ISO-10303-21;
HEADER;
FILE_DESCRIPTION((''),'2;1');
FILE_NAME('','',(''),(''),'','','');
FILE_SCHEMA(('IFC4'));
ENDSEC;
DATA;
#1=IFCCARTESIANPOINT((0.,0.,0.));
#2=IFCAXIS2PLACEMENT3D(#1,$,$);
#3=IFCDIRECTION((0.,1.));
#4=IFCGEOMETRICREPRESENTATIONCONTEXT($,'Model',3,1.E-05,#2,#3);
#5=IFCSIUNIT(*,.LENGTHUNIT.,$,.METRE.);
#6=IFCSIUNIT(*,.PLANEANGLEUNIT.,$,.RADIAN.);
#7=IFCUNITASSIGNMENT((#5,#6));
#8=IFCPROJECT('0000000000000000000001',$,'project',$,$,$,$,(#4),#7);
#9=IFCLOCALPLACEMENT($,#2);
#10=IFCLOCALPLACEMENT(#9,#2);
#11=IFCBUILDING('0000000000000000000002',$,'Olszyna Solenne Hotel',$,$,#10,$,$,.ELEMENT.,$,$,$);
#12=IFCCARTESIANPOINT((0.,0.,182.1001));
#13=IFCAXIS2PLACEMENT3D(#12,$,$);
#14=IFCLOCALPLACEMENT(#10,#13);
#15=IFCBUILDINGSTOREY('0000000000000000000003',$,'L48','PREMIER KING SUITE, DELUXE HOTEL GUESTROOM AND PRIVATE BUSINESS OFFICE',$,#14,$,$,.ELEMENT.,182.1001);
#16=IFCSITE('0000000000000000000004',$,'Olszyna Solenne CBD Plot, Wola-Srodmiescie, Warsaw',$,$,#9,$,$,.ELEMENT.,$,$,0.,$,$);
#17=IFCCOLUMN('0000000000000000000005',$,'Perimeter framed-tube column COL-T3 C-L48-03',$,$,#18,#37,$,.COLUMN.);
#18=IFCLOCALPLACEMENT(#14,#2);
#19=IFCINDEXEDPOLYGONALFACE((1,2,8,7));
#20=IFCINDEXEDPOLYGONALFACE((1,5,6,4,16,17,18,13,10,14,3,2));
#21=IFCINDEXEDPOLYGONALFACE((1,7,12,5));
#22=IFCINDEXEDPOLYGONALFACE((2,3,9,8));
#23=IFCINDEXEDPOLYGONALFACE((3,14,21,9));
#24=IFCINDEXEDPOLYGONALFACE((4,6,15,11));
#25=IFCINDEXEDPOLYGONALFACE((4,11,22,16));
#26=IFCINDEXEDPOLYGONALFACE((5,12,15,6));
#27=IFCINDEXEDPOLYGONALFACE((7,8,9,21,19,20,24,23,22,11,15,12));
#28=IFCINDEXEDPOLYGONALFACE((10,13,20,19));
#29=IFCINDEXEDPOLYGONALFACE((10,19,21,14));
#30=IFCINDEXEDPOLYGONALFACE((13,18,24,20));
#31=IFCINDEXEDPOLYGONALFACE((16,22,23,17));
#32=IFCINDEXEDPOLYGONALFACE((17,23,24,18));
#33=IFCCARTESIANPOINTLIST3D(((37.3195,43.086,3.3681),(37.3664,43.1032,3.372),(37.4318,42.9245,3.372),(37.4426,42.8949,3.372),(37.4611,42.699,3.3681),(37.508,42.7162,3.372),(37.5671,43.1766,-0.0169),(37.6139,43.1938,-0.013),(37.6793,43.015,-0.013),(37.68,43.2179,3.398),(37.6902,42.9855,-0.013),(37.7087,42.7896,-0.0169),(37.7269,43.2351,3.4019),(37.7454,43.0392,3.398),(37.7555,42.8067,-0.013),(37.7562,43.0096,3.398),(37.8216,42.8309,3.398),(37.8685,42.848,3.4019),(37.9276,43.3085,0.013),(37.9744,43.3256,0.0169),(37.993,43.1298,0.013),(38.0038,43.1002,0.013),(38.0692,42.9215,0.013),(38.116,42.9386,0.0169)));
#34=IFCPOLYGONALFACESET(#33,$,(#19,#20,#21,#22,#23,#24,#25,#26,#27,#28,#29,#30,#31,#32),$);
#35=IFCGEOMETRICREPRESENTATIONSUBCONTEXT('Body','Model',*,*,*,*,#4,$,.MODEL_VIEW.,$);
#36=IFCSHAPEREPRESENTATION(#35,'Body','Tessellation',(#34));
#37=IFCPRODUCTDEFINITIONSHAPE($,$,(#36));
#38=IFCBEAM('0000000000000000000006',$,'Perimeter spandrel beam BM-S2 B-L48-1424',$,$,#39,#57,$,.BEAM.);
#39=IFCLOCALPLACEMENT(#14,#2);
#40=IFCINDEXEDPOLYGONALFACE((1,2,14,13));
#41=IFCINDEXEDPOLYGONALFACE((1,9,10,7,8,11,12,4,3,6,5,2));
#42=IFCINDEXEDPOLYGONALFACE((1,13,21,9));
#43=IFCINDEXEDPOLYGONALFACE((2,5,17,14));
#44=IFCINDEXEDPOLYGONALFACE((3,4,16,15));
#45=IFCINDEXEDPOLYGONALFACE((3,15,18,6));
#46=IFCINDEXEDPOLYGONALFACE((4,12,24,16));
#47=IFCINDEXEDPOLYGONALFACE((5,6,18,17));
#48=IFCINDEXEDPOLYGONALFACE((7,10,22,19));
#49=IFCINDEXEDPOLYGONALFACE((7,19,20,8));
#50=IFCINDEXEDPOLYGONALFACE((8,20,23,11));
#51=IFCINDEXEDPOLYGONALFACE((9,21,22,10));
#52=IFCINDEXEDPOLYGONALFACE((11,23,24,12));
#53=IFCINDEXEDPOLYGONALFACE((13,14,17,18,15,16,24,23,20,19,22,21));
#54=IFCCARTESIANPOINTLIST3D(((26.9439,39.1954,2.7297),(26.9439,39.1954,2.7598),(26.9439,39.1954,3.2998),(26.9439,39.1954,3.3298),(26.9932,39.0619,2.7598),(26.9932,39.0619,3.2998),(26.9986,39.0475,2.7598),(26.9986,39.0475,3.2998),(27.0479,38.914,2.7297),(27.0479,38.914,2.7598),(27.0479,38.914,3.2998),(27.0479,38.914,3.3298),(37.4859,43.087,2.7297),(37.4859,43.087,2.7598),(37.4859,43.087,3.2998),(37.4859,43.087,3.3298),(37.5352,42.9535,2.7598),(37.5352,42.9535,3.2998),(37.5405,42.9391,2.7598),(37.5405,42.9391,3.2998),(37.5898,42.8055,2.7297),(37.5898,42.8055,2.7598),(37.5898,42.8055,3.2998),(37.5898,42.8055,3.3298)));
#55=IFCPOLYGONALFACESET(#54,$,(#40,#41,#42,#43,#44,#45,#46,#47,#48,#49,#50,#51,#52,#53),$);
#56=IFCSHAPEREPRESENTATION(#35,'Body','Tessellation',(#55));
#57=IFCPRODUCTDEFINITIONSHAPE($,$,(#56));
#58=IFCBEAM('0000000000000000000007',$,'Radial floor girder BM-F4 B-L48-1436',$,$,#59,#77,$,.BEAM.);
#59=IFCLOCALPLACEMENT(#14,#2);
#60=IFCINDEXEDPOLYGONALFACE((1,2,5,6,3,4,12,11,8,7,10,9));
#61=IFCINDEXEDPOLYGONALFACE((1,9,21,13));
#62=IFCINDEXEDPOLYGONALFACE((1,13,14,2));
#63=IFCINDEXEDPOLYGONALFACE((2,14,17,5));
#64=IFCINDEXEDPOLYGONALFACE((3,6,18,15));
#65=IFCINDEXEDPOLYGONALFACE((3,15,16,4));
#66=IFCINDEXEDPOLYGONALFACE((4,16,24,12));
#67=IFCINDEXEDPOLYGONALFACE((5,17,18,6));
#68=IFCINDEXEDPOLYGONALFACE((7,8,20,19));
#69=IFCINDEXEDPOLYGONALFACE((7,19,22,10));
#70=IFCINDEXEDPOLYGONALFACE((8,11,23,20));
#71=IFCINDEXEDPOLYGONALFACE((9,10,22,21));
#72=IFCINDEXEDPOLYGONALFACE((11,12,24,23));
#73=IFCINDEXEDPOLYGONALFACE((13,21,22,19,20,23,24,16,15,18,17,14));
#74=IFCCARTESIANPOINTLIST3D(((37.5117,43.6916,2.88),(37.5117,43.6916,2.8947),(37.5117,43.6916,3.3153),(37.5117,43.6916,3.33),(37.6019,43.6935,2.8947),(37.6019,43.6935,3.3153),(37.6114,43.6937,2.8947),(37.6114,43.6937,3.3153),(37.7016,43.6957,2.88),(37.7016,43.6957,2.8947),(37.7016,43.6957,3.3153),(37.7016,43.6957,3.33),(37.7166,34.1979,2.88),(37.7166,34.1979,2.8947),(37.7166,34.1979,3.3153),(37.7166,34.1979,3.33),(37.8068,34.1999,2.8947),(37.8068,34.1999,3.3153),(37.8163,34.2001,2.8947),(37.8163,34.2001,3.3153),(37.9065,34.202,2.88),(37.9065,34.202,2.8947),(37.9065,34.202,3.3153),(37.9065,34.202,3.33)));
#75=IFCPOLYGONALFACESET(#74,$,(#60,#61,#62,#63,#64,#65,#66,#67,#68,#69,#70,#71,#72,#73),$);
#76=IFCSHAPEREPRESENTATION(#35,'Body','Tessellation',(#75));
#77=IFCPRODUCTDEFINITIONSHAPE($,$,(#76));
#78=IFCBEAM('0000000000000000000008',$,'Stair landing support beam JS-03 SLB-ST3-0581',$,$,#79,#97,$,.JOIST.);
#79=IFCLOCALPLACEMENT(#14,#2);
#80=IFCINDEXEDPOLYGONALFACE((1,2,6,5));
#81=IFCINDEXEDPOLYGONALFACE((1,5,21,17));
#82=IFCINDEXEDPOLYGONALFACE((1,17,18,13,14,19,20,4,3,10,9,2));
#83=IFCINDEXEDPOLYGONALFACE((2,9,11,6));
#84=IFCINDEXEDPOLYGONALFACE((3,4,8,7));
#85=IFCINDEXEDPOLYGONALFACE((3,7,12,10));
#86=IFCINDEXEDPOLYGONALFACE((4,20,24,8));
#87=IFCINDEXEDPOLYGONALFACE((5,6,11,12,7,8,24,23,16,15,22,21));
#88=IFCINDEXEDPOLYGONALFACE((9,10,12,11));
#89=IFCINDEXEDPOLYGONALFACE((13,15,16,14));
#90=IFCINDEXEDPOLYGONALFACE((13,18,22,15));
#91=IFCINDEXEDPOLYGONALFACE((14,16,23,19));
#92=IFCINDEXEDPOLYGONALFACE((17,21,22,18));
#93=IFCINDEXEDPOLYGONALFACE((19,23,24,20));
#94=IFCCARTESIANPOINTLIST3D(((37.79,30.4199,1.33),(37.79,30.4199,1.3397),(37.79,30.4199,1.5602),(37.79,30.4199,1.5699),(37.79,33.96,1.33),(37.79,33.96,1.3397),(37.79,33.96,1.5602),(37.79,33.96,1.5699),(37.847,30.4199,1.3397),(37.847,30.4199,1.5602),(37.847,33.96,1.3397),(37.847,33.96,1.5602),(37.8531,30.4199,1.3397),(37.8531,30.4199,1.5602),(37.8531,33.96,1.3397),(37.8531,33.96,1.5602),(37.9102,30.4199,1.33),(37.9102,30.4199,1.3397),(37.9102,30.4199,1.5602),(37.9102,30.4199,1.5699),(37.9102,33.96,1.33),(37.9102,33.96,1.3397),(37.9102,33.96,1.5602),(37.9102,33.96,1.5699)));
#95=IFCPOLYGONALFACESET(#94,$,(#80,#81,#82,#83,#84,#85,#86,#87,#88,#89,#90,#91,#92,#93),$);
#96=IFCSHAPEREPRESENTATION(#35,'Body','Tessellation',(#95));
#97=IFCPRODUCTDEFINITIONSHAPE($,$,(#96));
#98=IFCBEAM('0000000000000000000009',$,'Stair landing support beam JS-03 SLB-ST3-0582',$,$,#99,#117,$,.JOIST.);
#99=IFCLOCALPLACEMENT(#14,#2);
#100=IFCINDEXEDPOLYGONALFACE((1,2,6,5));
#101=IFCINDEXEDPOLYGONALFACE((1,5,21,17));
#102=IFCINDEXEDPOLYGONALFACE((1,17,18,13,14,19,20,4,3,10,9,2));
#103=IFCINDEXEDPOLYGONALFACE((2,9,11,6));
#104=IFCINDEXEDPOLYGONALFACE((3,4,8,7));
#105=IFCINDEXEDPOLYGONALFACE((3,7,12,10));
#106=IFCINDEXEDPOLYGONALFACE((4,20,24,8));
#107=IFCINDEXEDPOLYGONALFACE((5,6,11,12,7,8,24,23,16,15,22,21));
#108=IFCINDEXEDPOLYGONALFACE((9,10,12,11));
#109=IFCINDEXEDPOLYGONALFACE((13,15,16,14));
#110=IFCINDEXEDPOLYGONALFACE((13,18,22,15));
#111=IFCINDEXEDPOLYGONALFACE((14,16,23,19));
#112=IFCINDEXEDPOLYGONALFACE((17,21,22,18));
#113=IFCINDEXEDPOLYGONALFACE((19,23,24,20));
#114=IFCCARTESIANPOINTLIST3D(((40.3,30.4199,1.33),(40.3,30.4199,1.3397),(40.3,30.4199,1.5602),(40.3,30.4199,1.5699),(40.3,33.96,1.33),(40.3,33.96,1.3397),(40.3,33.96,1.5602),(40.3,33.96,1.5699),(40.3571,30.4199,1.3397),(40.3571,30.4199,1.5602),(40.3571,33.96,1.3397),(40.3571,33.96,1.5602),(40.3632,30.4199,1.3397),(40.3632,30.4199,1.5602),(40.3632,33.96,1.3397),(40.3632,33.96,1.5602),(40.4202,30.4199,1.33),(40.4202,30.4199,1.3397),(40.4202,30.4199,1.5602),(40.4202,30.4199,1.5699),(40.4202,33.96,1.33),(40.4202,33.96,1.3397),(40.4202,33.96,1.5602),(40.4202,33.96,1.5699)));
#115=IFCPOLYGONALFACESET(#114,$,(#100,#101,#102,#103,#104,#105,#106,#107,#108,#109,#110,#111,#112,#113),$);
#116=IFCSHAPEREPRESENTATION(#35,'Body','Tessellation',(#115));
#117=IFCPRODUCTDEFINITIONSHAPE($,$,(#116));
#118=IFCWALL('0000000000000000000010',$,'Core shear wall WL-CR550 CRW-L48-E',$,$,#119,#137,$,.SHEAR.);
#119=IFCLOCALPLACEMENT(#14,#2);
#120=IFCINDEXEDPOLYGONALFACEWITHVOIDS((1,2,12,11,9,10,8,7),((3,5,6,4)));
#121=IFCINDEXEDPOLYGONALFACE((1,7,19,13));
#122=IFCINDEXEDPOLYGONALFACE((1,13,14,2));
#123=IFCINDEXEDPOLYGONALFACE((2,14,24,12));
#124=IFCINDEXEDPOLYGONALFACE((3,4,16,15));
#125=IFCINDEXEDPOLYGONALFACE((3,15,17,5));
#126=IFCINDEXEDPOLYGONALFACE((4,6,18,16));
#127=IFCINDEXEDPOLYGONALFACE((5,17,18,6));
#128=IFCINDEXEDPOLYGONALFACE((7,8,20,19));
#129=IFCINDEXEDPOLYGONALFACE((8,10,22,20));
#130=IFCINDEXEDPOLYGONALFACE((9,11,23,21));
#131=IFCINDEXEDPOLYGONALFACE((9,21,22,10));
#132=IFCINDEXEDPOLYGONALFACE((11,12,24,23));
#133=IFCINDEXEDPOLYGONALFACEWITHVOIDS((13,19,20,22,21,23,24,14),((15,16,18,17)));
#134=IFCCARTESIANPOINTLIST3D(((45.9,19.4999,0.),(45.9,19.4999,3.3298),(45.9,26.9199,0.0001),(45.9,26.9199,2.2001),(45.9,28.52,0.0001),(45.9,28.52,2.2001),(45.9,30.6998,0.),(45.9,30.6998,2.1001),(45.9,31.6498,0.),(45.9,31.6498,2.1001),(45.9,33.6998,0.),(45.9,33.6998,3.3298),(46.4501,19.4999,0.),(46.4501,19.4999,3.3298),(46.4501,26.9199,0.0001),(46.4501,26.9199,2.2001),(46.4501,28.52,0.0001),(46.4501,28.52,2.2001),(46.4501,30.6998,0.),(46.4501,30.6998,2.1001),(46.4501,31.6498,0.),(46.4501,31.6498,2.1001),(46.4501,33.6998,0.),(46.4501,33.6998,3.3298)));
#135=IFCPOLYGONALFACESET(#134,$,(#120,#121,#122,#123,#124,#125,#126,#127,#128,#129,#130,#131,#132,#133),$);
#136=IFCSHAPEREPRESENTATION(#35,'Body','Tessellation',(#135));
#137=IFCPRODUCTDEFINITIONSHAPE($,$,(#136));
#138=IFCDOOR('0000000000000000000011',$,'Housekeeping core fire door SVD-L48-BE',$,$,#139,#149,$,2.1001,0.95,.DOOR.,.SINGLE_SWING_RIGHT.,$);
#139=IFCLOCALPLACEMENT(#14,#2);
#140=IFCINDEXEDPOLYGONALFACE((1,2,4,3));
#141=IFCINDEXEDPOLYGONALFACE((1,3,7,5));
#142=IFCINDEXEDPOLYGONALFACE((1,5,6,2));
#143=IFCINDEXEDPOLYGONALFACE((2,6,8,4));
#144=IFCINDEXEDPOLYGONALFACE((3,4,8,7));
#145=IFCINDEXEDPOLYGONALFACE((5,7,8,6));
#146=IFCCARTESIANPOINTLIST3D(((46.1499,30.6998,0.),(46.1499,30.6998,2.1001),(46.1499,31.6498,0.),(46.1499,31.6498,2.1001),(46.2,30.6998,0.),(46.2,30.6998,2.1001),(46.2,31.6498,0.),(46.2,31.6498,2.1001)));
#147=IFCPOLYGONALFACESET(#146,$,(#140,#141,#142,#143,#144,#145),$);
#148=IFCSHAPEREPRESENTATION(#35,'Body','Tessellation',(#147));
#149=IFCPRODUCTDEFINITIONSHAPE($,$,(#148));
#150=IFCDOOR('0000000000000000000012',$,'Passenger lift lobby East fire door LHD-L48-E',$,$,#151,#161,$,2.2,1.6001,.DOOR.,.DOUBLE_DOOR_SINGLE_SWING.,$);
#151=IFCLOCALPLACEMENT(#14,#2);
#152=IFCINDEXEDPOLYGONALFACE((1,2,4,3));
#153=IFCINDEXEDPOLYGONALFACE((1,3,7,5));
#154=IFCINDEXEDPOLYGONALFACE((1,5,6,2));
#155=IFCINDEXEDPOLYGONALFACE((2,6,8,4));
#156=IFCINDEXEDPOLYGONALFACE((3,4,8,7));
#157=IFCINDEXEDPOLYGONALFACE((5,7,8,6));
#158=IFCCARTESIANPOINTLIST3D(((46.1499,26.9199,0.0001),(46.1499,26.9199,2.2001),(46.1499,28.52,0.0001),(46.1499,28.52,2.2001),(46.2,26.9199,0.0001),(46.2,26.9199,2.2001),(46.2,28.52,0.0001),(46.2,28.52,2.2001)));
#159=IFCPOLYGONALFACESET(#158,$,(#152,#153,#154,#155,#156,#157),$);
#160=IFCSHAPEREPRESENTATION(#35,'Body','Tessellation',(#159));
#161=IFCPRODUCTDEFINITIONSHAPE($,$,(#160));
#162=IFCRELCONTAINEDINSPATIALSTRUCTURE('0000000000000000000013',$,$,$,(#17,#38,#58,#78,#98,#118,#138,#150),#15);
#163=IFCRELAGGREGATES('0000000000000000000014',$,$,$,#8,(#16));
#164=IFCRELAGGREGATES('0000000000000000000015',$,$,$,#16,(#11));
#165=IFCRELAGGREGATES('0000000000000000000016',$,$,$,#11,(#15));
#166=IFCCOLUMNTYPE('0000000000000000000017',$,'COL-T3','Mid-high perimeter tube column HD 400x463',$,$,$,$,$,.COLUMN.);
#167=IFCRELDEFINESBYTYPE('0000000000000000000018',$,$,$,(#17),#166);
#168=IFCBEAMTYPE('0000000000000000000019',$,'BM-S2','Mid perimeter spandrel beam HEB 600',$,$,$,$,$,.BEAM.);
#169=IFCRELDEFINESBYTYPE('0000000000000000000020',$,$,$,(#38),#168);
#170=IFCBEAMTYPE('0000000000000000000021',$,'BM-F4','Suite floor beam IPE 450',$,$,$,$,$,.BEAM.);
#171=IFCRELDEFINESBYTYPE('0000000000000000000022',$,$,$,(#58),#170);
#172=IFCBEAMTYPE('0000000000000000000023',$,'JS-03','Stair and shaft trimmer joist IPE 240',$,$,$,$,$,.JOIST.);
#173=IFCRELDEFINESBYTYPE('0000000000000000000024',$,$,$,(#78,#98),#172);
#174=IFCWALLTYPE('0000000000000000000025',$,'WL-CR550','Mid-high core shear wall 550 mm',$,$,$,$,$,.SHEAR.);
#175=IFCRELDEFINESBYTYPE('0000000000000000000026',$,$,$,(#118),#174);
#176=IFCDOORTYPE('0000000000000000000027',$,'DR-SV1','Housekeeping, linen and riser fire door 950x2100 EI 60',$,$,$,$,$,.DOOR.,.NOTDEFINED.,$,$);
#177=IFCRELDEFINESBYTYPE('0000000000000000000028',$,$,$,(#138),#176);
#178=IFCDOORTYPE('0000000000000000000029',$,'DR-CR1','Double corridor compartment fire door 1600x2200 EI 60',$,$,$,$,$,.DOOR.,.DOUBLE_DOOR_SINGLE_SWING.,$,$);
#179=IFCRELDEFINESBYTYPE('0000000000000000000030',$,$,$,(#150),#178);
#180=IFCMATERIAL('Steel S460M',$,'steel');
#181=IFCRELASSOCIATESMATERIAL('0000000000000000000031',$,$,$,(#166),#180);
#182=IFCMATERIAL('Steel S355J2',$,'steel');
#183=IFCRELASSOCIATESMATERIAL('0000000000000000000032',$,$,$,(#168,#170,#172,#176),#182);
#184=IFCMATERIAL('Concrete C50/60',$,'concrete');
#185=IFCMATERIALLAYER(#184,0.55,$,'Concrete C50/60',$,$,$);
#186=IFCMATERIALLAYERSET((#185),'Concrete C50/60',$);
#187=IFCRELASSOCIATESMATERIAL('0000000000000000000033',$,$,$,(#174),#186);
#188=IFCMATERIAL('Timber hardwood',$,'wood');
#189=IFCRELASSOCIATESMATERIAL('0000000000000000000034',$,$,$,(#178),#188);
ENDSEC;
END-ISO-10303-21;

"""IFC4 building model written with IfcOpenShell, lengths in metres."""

from ifc_helpers import new_model, si_unit, direction, frame, frame_2d, origin, origin_2d, place, context, subcontext, project, spatial, rectangle, i_section, extrude, source, transform, mapped, material, layer, layer_set, material_profile, profile_set, type_object, type_shapes, element, fill, save


model = new_model("IFC4")

# Units and contexts
model_context = context("Model", 3, precision=1e-05, world=origin(), true_north=direction((0.0, 1.0)))
body_context = subcontext(model_context, "Body", "Model", "MODEL_VIEW")
ifc_project = project(units=[si_unit("LENGTHUNIT", "METRE"), si_unit("PLANEANGLEUNIT", "RADIAN")], contexts=[model_context])

# Site, building, storey
site_placement = place(None, origin())
site = spatial("IfcSite", under=ifc_project, at=site_placement, Name="Olszyna Solenne CBD Plot, Wola-Srodmiescie, Warsaw", CompositionType="ELEMENT", RefElevation=0.0)
building_placement = place(site_placement, origin())
building = spatial("IfcBuilding", under=site, at=building_placement, Name="Olszyna Solenne Hotel", CompositionType="ELEMENT")
storey_placement = place(building_placement, frame((0.0, 0.0, 182.1001)))
storey = spatial("IfcBuildingStorey", under=building, at=storey_placement, Name="L48", Description="PREMIER KING SUITE, DELUXE HOTEL GUESTROOM AND PRIVATE BUSINESS OFFICE", CompositionType="ELEMENT", Elevation=182.1001)

# Column
ifc_material_1 = material(Name="Steel S460M", Category="steel")
ifc_material_profile_1 = material_profile(ifc_material_1, i_section(OverallWidth=0.4121, OverallDepth=0.4351, WebThickness=0.0315, FlangeThickness=0.05, at=origin_2d()), Name="HD 400x463", Category="load-bearing")
ifc_profile_set_1 = profile_set([ifc_material_profile_1], Name="Steel S460M")
column_type = type_object("IfcColumnType", Name="COL-T3", Description="Mid-high perimeter tube column HD 400x463", PredefinedType="COLUMN", material=ifc_profile_set_1)
shared_shape_1 = source(origin(), body_context, "Body", "SweptSolid", [
    extrude(i_section(OverallWidth=0.4121, OverallDepth=0.4351, WebThickness=0.0315, FlangeThickness=0.05, at=origin_2d()), origin(), (0.0, 0.0, 1.0), 3.3953),
])
column_placement = place(storey_placement, frame((37.8416, 43.0576, 0.0), z_axis=(-0.072913, -0.026677, 0.996981), x_axis=(0.343601, -0.939116, 0.0)))
element("IfcColumn", 1, at=column_placement, inside=storey, type_object=column_type, Name="Perimeter framed-tube column COL-T3 C-L48-03", PredefinedType="COLUMN", context=body_context, shape_type="MappedRepresentation", body=[
    mapped(shared_shape_1, transform((0.0, 0.0, 0.0), x_axis=(1.0, 0.0, 0.0), y_axis=(0.0, 1.0, 0.0), z_axis=(0.0, 0.0, 1.0), scale=1.0)),
])

# Beams
ifc_material_2 = material(Name="Steel S355J2", Category="steel")
ifc_material_profile_2 = material_profile(ifc_material_2, i_section(OverallWidth=0.3, OverallDepth=0.6001, WebThickness=0.0154, FlangeThickness=0.03, at=origin_2d()), Name="HEB 600", Category="load-bearing")
ifc_profile_set_2 = profile_set([ifc_material_profile_2], Name="Steel S355J2")
beam_type_1 = type_object("IfcBeamType", Name="BM-S2", Description="Mid perimeter spandrel beam HEB 600", PredefinedType="BEAM", material=ifc_profile_set_2)
shared_shape_2 = source(origin(), body_context, "Body", "SweptSolid", [
    extrude(i_section(OverallWidth=0.3, OverallDepth=0.6001, WebThickness=0.0154, FlangeThickness=0.03, at=origin_2d()), origin(), (0.0, 0.0, 1.0), 11.2373),
])
beam_1_placement = place(storey_placement, frame((37.5378, 42.9463, 3.0298), z_axis=(-0.93812, -0.346309, 0.0), x_axis=(0.346309, -0.93812, 0.0)))
element("IfcBeam", 2, at=beam_1_placement, inside=storey, type_object=beam_type_1, Name="Perimeter spandrel beam BM-S2 B-L48-1424", PredefinedType="BEAM", context=body_context, shape_type="MappedRepresentation", body=[
    mapped(shared_shape_2, transform((0.0, 0.0, 0.0), x_axis=(1.0, 0.0, 0.0), y_axis=(0.0, 1.0, 0.0), z_axis=(0.0, 0.0, 1.0), scale=1.0)),
])
ifc_material_profile_3 = material_profile(ifc_material_2, i_section(OverallWidth=0.1899, OverallDepth=0.45, WebThickness=0.0095, FlangeThickness=0.0146, at=origin_2d()), Name="IPE 450", Category="load-bearing")
ifc_profile_set_3 = profile_set([ifc_material_profile_3], Name="Steel S355J2")
beam_type_2 = type_object("IfcBeamType", Name="BM-F4", Description="Suite floor beam IPE 450", PredefinedType="BEAM", material=ifc_profile_set_3)
shared_shape_3 = source(origin(), body_context, "Body", "SweptSolid", [
    extrude(i_section(OverallWidth=0.1899, OverallDepth=0.45, WebThickness=0.0095, FlangeThickness=0.0146, at=origin_2d()), origin(), (0.0, 0.0, 1.0), 9.4958),
])
beam_2_placement = place(storey_placement, frame((37.6067, 43.6936, 3.105), z_axis=(0.021571, -0.999767, 0.0), x_axis=(0.999767, 0.021571, 0.0)))
element("IfcBeam", 3, at=beam_2_placement, inside=storey, type_object=beam_type_2, Name="Radial floor girder BM-F4 B-L48-1436", PredefinedType="BEAM", context=body_context, shape_type="MappedRepresentation", body=[
    mapped(shared_shape_3, transform((0.0, 0.0, 0.0), x_axis=(1.0, 0.0, 0.0), y_axis=(0.0, 1.0, 0.0), z_axis=(0.0, 0.0, 1.0), scale=1.0)),
])
ifc_material_profile_4 = material_profile(ifc_material_2, i_section(OverallWidth=0.1201, OverallDepth=0.24, WebThickness=0.0061, FlangeThickness=0.0098, at=origin_2d()), Name="IPE 240", Category="load-bearing")
ifc_profile_set_4 = profile_set([ifc_material_profile_4], Name="Steel S355J2")
beam_type_3 = type_object("IfcBeamType", Name="JS-03", Description="Stair and shaft trimmer joist IPE 240", PredefinedType="JOIST", material=ifc_profile_set_4)
shared_shape_4 = source(origin(), body_context, "Body", "SweptSolid", [
    extrude(i_section(OverallWidth=0.1201, OverallDepth=0.24, WebThickness=0.0061, FlangeThickness=0.0098, at=origin_2d()), origin(), (0.0, 0.0, 1.0), 3.54),
])
for number, where, z_axis, x_axis, name in (
    (4, (37.8501, 30.4199, 1.45), (0.0, 1.0, 0.0), (-1.0, 0.0, 0.0), "Stair landing support beam JS-03 SLB-ST3-0581"),
    (5, (40.3601, 30.4199, 1.45), (0.0, 1.0, 0.0), (-1.0, 0.0, 0.0), "Stair landing support beam JS-03 SLB-ST3-0582"),
):
    element("IfcBeam", number, at=place(storey_placement, frame(where, z_axis=z_axis, x_axis=x_axis)), inside=storey, type_object=beam_type_3, Name=name, PredefinedType="JOIST", context=body_context, shape_type="MappedRepresentation", body=[
        mapped(shared_shape_4, transform((0.0, 0.0, 0.0), x_axis=(1.0, 0.0, 0.0), y_axis=(0.0, 1.0, 0.0), z_axis=(0.0, 0.0, 1.0), scale=1.0)),
    ])

# Wall, openings, doors
ifc_material_3 = material(Name="Concrete C50/60", Category="concrete")
ifc_layer_1 = layer(ifc_material_3, 0.55, Name="Concrete C50/60")
ifc_layer_set_1 = layer_set([ifc_layer_1], Name="Concrete C50/60")
wall_type_1 = type_object("IfcWallType", Name="WL-CR550", Description="Mid-high core shear wall 550 mm", PredefinedType="SHEAR", material=ifc_layer_set_1)
wall_1_placement = place(storey_placement, frame((46.175, 33.7, 0.0), z_axis=(0.0, 0.0, 1.0), x_axis=(0.0, -1.0, 0.0)))
wall_1 = element("IfcWall", 6, at=wall_1_placement, inside=storey, type_object=wall_type_1, Name="Core shear wall WL-CR550 CRW-L48-E", PredefinedType="SHEAR", context=body_context, shape_type="SweptSolid", body=[
    extrude(rectangle(XDim=14.2, YDim=0.55, at=frame_2d((7.1001, 0.0))), origin(), (0.0, 0.0, 1.0), 3.3298),
])
opening_1_placement = place(wall_1_placement, frame((5.1799, 0.0, 0.0)))
opening_1 = element("IfcOpeningElement", 7, at=opening_1_placement, cuts=wall_1, PredefinedType="OPENING", context=body_context, shape_type="SweptSolid", body=[
    extrude(rectangle(XDim=1.6001, YDim=2.2, at=frame_2d((0.8, 1.1001))), frame((0.0, 0.2852, 0.0), z_axis=(0.0, -1.0, 0.0), x_axis=(1.0, 0.0, 0.0)), (0.0, 0.0, 1.0), 0.5701),
])
opening_2_placement = place(wall_1_placement, frame((2.05, 0.0, 0.0)))
opening_2 = element("IfcOpeningElement", 8, at=opening_2_placement, cuts=wall_1, PredefinedType="OPENING", context=body_context, shape_type="SweptSolid", body=[
    extrude(rectangle(XDim=0.95, YDim=2.1001, at=frame_2d((0.4751, 1.05))), frame((0.0, 0.2852, 0.0), z_axis=(0.0, -1.0, 0.0), x_axis=(1.0, 0.0, 0.0)), (0.0, 0.0, 1.0), 0.5701),
])
door_type_1 = type_object("IfcDoorType", Name="DR-SV1", Description="Housekeeping, linen and riser fire door 950x2100 EI 60", OperationType="NOTDEFINED", PredefinedType="DOOR", material=ifc_material_2)
shared_shape_5 = source(origin(), body_context, "Body", "SweptSolid", [
    extrude(rectangle(XDim=0.95, YDim=2.1001, at=frame_2d((0.4751, 1.05))), frame((0.0, 0.0249, 0.0), z_axis=(0.0, -1.0, 0.0), x_axis=(1.0, 0.0, 0.0)), (0.0, 0.0, 1.0), 0.05),
])
type_shapes(door_type_1, [shared_shape_5])
door_1_placement = place(opening_2_placement, origin())
door_1 = element("IfcDoor", 9, at=door_1_placement, inside=storey, type_object=door_type_1, Name="Housekeeping core fire door SVD-L48-BE", OperationType="SINGLE_SWING_RIGHT", OverallHeight=2.1001, OverallWidth=0.95, PredefinedType="DOOR", context=body_context, shape_type="MappedRepresentation", body=[
    mapped(shared_shape_5, transform((0.0, 0.0, 0.0), x_axis=(1.0, 0.0, 0.0), y_axis=(0.0, 1.0, 0.0), z_axis=(0.0, 0.0, 1.0), scale=1.0)),
])
fill(opening_2, door_1)
ifc_material_4 = material(Name="Timber hardwood", Category="wood")
door_type_2 = type_object("IfcDoorType", Name="DR-CR1", Description="Double corridor compartment fire door 1600x2200 EI 60", OperationType="DOUBLE_DOOR_SINGLE_SWING", PredefinedType="DOOR", material=ifc_material_4)
shared_shape_6 = source(origin(), body_context, "Body", "SweptSolid", [
    extrude(rectangle(XDim=1.6001, YDim=2.2, at=frame_2d((0.8, 1.1001))), frame((0.0, 0.0249, 0.0), z_axis=(0.0, -1.0, 0.0), x_axis=(1.0, 0.0, 0.0)), (0.0, 0.0, 1.0), 0.05),
])
type_shapes(door_type_2, [shared_shape_6])
door_2_placement = place(opening_1_placement, origin())
door_2 = element("IfcDoor", 10, at=door_2_placement, inside=storey, type_object=door_type_2, Name="Passenger lift lobby East fire door LHD-L48-E", OperationType="DOUBLE_DOOR_SINGLE_SWING", OverallHeight=2.2, OverallWidth=1.6001, PredefinedType="DOOR", context=body_context, shape_type="MappedRepresentation", body=[
    mapped(shared_shape_6, transform((0.0, 0.0, 0.0), x_axis=(1.0, 0.0, 0.0), y_axis=(0.0, 1.0, 0.0), z_axis=(0.0, 0.0, 1.0), scale=1.0)),
])
fill(opening_1, door_2)

save(model, "model.ifc")
